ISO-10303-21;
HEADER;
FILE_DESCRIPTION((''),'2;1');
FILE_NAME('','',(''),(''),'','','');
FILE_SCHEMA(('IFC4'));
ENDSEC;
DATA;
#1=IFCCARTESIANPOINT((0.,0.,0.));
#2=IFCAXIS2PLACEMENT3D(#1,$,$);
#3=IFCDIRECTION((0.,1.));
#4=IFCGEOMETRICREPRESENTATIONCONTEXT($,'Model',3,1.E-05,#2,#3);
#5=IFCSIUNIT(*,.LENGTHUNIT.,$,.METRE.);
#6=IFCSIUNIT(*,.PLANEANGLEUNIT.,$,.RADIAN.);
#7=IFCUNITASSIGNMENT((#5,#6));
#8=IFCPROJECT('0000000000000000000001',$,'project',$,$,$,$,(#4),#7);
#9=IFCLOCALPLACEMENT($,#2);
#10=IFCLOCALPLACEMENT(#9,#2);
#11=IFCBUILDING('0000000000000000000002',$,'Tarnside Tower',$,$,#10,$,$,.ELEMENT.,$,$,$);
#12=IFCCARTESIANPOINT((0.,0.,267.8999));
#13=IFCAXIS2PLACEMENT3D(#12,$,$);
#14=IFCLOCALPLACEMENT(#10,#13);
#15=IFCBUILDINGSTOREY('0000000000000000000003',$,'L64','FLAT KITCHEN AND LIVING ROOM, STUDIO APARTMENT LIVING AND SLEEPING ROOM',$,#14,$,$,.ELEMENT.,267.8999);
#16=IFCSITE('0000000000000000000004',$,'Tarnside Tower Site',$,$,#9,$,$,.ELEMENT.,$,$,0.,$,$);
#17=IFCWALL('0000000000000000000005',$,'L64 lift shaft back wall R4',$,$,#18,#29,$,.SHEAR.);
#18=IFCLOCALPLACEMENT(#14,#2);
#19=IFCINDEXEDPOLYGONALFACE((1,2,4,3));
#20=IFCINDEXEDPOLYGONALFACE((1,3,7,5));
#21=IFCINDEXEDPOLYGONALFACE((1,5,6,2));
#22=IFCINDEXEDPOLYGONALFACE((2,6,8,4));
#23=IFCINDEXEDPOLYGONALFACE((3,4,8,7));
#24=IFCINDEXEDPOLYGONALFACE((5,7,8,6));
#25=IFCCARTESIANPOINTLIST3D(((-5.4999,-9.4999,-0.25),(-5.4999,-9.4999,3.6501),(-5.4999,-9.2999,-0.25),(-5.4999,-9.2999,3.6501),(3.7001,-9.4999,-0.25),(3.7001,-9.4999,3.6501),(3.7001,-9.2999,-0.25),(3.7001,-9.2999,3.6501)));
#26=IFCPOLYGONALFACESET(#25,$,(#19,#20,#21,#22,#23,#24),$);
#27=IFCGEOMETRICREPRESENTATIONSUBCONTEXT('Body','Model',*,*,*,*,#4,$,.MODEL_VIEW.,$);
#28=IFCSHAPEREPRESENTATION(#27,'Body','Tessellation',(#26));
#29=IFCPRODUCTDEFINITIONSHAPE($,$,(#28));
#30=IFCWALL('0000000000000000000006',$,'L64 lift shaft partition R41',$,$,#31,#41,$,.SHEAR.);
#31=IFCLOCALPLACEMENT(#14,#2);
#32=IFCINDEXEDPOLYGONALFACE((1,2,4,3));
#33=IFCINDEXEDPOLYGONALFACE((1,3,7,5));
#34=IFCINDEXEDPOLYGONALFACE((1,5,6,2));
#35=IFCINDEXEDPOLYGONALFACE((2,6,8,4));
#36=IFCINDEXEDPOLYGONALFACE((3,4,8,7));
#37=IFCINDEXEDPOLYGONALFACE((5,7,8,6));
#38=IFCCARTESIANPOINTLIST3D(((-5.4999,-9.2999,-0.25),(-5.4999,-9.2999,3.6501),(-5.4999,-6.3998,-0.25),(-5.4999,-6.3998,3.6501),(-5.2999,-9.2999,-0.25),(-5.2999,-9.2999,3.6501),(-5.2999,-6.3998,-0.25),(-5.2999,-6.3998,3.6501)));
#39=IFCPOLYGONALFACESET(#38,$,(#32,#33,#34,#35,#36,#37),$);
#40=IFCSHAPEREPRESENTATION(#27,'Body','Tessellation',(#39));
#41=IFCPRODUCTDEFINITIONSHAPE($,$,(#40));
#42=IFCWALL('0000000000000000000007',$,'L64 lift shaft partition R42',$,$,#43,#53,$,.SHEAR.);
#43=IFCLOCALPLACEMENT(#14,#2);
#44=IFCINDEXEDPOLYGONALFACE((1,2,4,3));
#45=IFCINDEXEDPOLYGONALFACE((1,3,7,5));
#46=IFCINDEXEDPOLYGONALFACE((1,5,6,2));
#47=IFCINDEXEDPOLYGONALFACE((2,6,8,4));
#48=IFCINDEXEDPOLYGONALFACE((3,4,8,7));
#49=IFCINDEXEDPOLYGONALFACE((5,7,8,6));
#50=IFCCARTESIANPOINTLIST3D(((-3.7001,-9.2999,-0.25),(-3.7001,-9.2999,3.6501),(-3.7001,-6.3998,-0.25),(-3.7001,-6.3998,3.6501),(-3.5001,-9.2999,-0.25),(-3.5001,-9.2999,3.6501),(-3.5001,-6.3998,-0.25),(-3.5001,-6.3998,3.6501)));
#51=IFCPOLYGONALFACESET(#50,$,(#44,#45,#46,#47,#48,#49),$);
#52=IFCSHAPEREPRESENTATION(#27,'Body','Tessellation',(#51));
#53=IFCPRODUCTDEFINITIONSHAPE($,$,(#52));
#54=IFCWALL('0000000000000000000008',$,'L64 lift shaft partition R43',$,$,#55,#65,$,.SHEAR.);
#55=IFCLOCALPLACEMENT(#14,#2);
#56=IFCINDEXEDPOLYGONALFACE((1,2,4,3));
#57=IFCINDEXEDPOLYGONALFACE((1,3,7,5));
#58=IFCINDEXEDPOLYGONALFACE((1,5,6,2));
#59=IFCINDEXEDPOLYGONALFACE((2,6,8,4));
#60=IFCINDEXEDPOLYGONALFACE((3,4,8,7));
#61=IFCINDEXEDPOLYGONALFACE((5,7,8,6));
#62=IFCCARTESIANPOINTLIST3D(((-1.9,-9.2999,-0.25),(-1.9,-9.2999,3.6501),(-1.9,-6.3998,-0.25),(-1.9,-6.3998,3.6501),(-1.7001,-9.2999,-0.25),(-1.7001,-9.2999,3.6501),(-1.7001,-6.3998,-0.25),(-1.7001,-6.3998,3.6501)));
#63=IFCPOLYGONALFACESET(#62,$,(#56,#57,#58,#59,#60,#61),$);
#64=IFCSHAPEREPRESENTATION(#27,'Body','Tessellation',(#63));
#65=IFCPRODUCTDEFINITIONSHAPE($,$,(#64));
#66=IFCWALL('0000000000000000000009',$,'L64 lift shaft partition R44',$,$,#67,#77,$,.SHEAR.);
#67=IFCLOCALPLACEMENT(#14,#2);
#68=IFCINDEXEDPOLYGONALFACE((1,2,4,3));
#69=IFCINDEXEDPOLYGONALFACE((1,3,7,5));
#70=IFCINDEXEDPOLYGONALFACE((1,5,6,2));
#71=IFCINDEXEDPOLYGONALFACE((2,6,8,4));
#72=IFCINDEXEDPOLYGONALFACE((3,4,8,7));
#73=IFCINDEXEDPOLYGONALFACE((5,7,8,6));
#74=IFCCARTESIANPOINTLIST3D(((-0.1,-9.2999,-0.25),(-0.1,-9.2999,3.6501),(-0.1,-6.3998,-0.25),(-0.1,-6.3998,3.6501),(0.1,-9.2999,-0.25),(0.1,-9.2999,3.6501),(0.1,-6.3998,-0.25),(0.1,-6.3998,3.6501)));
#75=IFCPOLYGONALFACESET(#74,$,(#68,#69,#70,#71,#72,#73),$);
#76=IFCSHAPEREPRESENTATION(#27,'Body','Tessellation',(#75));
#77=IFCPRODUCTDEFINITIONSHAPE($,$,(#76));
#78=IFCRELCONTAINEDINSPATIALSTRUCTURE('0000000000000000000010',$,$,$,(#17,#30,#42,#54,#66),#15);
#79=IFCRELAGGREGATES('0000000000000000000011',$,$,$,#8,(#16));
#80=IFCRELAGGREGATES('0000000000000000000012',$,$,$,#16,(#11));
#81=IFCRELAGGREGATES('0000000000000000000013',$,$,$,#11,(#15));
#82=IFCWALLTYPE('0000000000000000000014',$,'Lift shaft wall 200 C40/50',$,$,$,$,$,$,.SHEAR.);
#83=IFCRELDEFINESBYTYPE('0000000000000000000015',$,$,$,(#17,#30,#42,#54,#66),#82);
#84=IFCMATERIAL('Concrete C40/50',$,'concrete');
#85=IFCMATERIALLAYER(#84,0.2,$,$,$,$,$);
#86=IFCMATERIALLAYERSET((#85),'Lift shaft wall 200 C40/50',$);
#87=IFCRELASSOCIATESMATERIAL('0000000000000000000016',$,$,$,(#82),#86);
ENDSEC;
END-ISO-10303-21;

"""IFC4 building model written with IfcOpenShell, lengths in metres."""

from ifc_helpers import new_model, si_unit, direction, frame, frame_2d, origin, place, context, subcontext, project, spatial, rectangle, extrude, material, layer, layer_set, type_object, element, save


model = new_model("IFC4")

# Units and contexts
model_context = context("Model", 3, precision=1e-05, world=origin(), true_north=direction((0.0, 1.0)))
body_context = subcontext(model_context, "Body", "Model", "MODEL_VIEW")
ifc_project = project(units=[si_unit("LENGTHUNIT", "METRE"), si_unit("PLANEANGLEUNIT", "RADIAN")], contexts=[model_context])

# Site, building, storey
site_placement = place(None, origin())
site = spatial("IfcSite", under=ifc_project, at=site_placement, Name="Tarnside Tower Site", CompositionType="ELEMENT", RefElevation=0.0)
building_placement = place(site_placement, origin())
building = spatial("IfcBuilding", under=site, at=building_placement, Name="Tarnside Tower", CompositionType="ELEMENT")
storey_placement = place(building_placement, frame((0.0, 0.0, 267.8999)))
storey = spatial("IfcBuildingStorey", under=building, at=storey_placement, Name="L64", Description="FLAT KITCHEN AND LIVING ROOM, STUDIO APARTMENT LIVING AND SLEEPING ROOM", CompositionType="ELEMENT", Elevation=267.8999)

# Walls
ifc_material_1 = material(Name="Concrete C40/50", Category="concrete")
ifc_layer_1 = layer(ifc_material_1, 0.2)
ifc_layer_set_1 = layer_set([ifc_layer_1], Name="Lift shaft wall 200 C40/50")
wall_type_1 = type_object("IfcWallType", Name="Lift shaft wall 200 C40/50", PredefinedType="SHEAR", material=ifc_layer_set_1)
wall_1_placement = place(storey_placement, frame((-5.5, -9.3999, -0.25), z_axis=(0.0, 0.0, 1.0), x_axis=(1.0, 0.0, 0.0)))
element("IfcWall", 1, at=wall_1_placement, inside=storey, type_object=wall_type_1, Name="L64 lift shaft back wall R4", PredefinedType="SHEAR", context=body_context, shape_type="SweptSolid", body=[
    extrude(rectangle(XDim=9.2, YDim=0.2, at=frame_2d((4.6001, 0.0))), origin(), (0.0, 0.0, 1.0), 3.9001),
])
for number, where, z_axis, x_axis, name in (
    (2, (-5.3999, -9.3, -0.25), (0.0, 0.0, 1.0), (0.0, 1.0, 0.0), "L64 lift shaft partition R41"),
    (3, (-3.6001, -9.3, -0.25), (0.0, 0.0, 1.0), (0.0, 1.0, 0.0), "L64 lift shaft partition R42"),
    (4, (-1.8, -9.3, -0.25), (0.0, 0.0, 1.0), (0.0, 1.0, 0.0), "L64 lift shaft partition R43"),
    (5, (0.0, -9.3, -0.25), (0.0, 0.0, 1.0), (0.0, 1.0, 0.0), "L64 lift shaft partition R44"),
):
    element("IfcWall", number, at=place(storey_placement, frame(where, z_axis=z_axis, x_axis=x_axis)), inside=storey, type_object=wall_type_1, Name=name, PredefinedType="SHEAR", context=body_context, shape_type="SweptSolid", body=[
        extrude(rectangle(XDim=2.9001, YDim=0.2, at=frame_2d((1.4502, 0.0))), origin(), (0.0, 0.0, 1.0), 3.9001),
    ])

save(model, "model.ifc")
